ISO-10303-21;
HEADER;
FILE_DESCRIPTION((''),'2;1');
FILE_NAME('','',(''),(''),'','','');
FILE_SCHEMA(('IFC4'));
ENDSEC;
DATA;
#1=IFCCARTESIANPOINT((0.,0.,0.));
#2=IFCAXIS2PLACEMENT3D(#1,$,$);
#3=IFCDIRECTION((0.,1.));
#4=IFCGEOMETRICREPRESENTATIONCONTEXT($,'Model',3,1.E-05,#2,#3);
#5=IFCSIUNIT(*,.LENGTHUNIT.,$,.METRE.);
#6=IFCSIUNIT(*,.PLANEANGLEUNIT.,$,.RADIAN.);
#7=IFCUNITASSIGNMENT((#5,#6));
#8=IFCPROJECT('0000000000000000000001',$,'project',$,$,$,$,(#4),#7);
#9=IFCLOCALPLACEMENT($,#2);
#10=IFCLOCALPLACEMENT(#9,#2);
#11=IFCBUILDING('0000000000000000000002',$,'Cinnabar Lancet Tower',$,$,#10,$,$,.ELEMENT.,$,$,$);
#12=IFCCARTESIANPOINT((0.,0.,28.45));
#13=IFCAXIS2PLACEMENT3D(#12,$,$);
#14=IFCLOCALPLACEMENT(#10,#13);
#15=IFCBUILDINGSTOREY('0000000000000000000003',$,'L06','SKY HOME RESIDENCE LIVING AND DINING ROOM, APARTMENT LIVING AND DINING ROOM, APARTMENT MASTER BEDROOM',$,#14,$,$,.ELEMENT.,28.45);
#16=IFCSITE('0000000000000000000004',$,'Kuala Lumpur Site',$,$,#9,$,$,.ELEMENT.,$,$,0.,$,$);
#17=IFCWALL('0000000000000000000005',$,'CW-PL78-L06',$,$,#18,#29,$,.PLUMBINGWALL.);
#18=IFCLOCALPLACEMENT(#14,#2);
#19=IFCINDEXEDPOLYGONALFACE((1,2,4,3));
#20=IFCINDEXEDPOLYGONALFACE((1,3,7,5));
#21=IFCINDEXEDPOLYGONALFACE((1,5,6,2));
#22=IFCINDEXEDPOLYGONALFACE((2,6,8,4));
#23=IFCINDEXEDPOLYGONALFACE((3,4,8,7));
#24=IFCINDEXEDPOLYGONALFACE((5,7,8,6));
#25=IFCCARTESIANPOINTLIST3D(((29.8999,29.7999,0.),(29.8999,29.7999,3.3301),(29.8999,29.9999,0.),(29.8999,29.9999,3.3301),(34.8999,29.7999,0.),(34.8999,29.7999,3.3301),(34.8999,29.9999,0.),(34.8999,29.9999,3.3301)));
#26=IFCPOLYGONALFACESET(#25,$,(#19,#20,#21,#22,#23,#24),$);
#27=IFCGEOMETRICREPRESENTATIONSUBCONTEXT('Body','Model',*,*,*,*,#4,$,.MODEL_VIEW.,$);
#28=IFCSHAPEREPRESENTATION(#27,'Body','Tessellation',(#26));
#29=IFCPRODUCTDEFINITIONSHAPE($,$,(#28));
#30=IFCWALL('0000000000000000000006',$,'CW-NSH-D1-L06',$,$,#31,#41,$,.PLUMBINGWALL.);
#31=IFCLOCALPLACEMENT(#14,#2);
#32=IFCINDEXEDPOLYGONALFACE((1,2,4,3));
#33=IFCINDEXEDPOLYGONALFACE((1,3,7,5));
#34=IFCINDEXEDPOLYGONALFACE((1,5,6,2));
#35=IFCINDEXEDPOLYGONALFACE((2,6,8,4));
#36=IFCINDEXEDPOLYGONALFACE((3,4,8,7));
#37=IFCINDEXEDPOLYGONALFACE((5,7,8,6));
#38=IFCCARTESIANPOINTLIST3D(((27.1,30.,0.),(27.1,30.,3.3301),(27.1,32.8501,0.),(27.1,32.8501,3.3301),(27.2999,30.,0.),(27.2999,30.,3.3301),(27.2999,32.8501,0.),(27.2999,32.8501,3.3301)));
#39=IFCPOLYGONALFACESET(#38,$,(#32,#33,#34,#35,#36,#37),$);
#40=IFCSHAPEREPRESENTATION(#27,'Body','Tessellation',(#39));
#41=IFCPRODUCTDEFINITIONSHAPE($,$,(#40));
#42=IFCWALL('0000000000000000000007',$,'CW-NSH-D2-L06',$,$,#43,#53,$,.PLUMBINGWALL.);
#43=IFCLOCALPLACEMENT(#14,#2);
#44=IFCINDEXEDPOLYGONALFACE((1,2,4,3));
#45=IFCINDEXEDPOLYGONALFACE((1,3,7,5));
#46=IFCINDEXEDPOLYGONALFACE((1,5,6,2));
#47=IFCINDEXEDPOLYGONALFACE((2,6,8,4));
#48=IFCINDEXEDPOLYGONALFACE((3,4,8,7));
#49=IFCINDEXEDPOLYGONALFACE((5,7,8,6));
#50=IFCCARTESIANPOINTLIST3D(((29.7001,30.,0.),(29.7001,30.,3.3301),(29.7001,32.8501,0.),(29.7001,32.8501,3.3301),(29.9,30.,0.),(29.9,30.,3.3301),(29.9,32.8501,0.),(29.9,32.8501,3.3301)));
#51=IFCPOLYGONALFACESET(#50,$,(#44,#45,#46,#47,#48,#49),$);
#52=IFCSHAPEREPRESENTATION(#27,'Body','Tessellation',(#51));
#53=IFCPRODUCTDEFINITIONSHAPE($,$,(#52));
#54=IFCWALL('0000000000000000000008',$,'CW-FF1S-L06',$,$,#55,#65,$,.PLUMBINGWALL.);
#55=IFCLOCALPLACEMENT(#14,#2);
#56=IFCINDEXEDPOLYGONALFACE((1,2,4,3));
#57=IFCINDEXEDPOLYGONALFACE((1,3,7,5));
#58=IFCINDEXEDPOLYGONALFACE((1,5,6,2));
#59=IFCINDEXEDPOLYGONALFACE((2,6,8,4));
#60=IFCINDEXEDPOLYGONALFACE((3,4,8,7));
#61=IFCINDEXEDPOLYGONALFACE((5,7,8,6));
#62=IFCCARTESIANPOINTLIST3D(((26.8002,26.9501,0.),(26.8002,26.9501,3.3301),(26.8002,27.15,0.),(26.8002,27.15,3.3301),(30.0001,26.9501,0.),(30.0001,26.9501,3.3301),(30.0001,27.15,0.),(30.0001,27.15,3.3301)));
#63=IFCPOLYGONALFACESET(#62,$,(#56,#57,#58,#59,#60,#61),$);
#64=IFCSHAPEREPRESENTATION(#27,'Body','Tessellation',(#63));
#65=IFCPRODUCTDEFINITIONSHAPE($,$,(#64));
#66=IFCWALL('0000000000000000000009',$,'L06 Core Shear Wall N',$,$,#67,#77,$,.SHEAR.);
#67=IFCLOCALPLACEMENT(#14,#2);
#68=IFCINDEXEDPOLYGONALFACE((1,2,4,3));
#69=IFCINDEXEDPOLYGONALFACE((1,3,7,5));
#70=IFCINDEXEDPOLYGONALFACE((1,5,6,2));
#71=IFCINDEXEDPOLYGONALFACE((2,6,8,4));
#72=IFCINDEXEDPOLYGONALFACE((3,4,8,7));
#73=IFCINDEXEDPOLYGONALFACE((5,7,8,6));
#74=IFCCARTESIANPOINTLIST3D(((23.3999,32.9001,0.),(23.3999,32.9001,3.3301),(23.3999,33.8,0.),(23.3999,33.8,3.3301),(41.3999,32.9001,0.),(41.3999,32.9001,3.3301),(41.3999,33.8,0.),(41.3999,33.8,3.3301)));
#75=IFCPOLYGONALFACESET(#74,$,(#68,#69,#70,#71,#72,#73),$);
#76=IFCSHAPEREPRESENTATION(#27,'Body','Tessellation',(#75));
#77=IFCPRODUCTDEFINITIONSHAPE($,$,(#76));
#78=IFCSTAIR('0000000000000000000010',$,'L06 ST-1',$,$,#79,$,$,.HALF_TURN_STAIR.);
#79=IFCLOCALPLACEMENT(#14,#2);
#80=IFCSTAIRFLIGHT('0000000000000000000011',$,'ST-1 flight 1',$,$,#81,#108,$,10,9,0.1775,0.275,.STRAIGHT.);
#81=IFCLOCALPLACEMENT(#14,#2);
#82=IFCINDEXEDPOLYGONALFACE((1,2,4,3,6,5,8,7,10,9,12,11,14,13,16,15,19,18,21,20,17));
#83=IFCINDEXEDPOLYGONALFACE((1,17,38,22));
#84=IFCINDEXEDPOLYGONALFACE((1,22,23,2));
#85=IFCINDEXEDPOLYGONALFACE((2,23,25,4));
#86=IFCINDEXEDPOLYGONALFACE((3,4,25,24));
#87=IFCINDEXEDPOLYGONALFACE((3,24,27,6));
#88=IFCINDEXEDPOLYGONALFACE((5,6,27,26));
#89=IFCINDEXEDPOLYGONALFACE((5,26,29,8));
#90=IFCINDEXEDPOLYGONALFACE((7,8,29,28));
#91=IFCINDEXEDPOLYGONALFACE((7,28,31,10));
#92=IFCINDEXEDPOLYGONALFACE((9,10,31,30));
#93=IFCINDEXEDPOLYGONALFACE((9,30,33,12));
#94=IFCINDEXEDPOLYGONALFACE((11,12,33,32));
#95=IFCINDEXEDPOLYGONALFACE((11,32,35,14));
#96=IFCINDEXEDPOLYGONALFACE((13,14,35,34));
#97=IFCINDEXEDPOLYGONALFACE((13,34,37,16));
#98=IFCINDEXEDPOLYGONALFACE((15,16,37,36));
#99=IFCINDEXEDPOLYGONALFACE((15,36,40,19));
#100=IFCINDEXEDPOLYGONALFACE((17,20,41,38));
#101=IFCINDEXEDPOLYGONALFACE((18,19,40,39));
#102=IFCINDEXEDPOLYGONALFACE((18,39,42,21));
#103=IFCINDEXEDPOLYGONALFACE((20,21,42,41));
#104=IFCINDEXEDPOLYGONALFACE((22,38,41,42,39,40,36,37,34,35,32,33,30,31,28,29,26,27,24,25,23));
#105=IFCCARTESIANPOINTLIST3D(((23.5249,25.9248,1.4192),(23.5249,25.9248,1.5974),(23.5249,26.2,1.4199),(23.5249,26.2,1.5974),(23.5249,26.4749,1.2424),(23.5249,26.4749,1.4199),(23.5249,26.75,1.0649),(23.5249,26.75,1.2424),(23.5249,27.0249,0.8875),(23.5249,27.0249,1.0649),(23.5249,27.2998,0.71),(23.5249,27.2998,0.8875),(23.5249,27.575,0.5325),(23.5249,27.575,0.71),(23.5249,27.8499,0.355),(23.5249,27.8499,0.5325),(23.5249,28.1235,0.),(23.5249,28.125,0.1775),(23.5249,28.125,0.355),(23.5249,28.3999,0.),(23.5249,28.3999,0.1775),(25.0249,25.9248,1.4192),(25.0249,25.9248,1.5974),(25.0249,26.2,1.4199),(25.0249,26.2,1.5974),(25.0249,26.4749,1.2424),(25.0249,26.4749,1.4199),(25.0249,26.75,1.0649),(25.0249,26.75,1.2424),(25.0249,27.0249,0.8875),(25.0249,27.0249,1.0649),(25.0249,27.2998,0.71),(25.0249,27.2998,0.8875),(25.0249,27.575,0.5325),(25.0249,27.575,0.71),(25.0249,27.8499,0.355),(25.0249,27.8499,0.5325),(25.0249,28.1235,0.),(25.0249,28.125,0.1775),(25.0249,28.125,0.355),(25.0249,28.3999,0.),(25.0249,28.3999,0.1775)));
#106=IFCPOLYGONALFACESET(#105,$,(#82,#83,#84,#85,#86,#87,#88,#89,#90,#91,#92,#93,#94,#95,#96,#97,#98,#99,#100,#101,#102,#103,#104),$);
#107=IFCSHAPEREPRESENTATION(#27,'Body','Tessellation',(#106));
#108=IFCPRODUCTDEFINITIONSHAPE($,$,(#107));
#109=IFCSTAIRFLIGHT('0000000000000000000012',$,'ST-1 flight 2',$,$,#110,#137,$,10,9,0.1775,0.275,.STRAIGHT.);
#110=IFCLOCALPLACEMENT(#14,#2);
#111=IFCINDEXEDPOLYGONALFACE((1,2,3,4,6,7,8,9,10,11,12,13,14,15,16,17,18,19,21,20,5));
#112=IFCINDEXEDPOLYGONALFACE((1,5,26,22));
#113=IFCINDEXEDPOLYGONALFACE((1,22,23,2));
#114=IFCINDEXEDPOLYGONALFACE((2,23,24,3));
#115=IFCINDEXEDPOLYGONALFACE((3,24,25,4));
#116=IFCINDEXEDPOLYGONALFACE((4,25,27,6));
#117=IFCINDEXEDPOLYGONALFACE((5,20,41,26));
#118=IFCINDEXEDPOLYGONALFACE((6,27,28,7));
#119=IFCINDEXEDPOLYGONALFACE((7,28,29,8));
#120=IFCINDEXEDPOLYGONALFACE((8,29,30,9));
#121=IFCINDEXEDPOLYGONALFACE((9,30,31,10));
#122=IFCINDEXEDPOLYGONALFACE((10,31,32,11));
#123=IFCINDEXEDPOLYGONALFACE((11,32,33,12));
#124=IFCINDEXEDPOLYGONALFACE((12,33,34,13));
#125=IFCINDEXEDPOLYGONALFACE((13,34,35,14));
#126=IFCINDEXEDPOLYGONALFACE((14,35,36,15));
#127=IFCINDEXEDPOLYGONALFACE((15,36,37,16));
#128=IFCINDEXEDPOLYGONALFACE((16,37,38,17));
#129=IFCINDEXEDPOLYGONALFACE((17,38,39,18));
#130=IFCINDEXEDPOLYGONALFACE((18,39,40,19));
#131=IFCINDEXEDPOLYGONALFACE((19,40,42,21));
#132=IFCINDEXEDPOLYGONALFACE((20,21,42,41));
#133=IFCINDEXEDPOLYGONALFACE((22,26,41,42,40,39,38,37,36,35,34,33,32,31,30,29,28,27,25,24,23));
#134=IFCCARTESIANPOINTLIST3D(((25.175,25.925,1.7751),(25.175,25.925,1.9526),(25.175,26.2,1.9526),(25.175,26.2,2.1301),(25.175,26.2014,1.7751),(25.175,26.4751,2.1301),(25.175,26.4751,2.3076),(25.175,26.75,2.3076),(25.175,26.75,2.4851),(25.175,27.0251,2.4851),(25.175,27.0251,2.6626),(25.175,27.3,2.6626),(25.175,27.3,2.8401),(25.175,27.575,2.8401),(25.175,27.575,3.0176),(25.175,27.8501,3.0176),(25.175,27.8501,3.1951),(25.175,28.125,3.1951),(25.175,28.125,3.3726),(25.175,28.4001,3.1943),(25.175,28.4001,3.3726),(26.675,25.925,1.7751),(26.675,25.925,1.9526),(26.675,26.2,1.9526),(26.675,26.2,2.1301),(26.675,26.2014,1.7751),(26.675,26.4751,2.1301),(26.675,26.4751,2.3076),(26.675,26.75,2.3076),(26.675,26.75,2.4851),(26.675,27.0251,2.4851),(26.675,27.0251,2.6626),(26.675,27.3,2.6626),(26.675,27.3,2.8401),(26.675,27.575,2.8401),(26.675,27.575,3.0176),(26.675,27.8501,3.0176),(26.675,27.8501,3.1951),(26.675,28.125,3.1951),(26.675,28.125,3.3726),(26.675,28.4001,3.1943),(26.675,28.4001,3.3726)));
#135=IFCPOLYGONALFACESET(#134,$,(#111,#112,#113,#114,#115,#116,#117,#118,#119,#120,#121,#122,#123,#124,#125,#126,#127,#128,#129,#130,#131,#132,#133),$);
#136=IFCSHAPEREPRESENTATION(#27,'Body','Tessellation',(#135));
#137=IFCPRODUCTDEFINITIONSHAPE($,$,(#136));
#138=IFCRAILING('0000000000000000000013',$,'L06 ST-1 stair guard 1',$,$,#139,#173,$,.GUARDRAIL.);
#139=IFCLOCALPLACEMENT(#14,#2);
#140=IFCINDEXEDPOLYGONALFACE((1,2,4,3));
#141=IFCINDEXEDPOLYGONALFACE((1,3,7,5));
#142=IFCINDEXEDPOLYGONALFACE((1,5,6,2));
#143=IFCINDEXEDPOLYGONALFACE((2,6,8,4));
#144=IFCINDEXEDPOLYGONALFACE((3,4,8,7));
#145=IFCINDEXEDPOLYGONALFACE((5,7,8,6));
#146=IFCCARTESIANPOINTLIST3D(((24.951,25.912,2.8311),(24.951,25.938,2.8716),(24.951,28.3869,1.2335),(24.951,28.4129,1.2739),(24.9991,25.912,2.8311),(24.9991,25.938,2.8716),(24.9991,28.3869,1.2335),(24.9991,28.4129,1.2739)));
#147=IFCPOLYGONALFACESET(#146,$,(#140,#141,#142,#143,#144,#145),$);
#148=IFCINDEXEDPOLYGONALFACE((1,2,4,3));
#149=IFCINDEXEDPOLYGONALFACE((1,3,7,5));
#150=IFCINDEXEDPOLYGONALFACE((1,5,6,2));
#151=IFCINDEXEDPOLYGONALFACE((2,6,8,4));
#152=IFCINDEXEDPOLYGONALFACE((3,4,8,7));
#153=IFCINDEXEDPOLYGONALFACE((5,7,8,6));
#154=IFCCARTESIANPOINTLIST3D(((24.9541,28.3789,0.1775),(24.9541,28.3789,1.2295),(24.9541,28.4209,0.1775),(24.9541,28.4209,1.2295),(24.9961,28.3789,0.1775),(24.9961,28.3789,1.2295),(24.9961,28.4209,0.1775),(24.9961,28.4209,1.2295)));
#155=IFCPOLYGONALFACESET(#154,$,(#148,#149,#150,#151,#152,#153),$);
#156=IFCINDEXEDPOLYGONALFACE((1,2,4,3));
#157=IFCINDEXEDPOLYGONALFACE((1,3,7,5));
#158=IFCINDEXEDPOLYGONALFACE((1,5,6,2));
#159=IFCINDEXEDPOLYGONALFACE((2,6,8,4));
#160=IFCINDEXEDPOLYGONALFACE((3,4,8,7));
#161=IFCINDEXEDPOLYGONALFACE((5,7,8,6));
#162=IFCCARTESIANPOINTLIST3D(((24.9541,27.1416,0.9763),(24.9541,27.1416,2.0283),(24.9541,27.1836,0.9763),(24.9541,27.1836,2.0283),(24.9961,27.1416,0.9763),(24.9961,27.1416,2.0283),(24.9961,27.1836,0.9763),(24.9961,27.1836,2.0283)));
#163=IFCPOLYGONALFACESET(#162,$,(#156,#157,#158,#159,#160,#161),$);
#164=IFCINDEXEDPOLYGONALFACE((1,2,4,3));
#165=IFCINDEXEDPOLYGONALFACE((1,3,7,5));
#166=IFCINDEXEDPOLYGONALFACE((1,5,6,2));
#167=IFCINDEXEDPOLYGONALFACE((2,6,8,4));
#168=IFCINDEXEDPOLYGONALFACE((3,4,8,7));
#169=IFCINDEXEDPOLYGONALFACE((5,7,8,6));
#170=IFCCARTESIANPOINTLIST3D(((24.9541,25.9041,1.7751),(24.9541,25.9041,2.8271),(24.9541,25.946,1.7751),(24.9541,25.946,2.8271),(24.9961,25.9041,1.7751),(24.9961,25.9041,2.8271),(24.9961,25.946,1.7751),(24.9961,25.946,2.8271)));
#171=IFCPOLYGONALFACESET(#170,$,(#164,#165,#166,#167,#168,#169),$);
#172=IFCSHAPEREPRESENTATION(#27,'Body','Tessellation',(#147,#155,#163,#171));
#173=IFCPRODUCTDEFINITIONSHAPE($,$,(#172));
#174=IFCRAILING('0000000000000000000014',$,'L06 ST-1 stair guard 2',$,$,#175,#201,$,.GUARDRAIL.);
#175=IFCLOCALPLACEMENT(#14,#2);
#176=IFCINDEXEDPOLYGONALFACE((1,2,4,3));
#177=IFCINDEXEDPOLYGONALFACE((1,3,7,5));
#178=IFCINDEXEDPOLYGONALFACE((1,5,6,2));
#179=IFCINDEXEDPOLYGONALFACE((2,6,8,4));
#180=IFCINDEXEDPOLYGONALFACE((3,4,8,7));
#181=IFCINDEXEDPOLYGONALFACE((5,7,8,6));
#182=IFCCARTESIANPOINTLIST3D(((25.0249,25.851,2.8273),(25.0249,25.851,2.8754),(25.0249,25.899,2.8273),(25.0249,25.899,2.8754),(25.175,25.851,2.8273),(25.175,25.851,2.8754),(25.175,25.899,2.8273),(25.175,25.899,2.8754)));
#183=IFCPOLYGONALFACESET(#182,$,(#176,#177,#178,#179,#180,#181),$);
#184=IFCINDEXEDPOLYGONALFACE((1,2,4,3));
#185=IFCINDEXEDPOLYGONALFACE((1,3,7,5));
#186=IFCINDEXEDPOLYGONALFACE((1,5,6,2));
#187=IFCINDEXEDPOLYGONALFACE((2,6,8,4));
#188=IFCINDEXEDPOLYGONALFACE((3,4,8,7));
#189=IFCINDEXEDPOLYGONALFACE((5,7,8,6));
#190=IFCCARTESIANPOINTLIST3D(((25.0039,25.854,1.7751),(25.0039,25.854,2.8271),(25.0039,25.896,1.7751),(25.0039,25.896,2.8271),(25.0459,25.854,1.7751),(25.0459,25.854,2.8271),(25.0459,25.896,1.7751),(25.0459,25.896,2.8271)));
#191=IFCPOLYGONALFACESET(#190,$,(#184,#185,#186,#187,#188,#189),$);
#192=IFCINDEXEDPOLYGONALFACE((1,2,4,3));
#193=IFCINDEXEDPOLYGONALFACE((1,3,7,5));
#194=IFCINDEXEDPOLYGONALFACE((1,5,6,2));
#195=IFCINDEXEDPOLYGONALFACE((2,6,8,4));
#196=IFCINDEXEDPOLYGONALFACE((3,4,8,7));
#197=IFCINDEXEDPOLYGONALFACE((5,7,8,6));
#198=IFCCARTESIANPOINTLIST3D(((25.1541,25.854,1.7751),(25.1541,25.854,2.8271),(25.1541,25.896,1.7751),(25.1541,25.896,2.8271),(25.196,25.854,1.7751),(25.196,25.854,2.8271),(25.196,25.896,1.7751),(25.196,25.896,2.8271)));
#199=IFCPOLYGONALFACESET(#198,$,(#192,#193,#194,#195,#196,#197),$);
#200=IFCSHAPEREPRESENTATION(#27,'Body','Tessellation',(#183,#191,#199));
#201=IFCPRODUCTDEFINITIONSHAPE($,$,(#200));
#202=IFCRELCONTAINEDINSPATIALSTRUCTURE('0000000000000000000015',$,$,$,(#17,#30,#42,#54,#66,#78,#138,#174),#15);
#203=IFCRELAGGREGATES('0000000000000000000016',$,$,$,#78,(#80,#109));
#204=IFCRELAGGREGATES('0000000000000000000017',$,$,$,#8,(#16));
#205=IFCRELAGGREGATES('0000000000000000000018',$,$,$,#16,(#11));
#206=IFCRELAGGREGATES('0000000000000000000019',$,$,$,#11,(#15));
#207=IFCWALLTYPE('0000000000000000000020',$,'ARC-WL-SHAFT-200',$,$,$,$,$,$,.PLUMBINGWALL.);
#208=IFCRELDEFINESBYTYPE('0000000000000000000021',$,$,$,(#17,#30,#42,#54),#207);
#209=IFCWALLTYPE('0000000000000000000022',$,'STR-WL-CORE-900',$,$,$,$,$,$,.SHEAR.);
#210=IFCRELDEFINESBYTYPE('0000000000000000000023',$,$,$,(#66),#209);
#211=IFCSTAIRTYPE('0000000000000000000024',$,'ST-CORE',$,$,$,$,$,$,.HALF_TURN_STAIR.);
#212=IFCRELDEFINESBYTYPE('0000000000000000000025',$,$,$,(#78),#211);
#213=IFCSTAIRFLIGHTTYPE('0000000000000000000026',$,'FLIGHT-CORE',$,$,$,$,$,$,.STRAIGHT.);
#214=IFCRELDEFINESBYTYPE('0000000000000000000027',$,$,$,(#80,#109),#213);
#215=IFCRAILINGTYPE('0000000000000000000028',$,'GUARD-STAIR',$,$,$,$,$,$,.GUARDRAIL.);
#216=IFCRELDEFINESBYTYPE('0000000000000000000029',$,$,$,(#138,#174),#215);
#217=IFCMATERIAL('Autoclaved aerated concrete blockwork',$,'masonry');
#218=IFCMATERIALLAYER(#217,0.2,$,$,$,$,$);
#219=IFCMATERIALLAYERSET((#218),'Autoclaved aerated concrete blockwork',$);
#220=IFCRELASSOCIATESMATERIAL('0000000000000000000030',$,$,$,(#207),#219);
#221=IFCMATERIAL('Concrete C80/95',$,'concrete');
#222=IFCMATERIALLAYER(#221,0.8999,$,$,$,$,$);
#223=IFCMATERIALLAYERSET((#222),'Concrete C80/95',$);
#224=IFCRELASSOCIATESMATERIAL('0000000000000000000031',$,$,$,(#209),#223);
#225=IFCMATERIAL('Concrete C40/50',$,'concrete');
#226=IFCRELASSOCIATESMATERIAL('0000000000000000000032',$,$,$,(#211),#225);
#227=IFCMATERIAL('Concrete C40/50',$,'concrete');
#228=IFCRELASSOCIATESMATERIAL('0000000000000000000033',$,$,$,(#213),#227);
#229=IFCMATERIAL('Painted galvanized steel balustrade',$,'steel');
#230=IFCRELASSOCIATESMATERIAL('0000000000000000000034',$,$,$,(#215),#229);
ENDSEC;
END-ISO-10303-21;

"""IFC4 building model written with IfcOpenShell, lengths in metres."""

from ifc_helpers import new_model, si_unit, direction, frame, frame_2d, origin, origin_2d, place, context, subcontext, project, spatial, polyline, rectangle, outline, extrude, material, layer, layer_set, type_object, element, aggregate, save


model = new_model("IFC4")

# Units and contexts
model_context = context("Model", 3, precision=1e-05, world=origin(), true_north=direction((0.0, 1.0)))
body_context = subcontext(model_context, "Body", "Model", "MODEL_VIEW")
ifc_project = project(units=[si_unit("LENGTHUNIT", "METRE"), si_unit("PLANEANGLEUNIT", "RADIAN")], contexts=[model_context])

# Site, building, storey
site_placement = place(None, origin())
site = spatial("IfcSite", under=ifc_project, at=site_placement, Name="Kuala Lumpur Site", CompositionType="ELEMENT", RefElevation=0.0)
building_placement = place(site_placement, origin())
building = spatial("IfcBuilding", under=site, at=building_placement, Name="Cinnabar Lancet Tower", CompositionType="ELEMENT")
storey_placement = place(building_placement, frame((0.0, 0.0, 28.45)))
storey = spatial("IfcBuildingStorey", under=building, at=storey_placement, Name="L06", Description="SKY HOME RESIDENCE LIVING AND DINING ROOM, APARTMENT LIVING AND DINING ROOM, APARTMENT MASTER BEDROOM", CompositionType="ELEMENT", Elevation=28.45)

# Shared definitions
ifc_material_1 = material(Name="Autoclaved aerated concrete blockwork", Category="masonry")
ifc_layer_1 = layer(ifc_material_1, 0.2)
ifc_layer_set_1 = layer_set([ifc_layer_1], Name="Autoclaved aerated concrete blockwork")
wall_type_1 = type_object("IfcWallType", Name="ARC-WL-SHAFT-200", PredefinedType="PLUMBINGWALL", material=ifc_layer_set_1)

# Walls
wall_1_placement = place(storey_placement, frame((29.8999, 29.8999, 0.0), z_axis=(0.0, 0.0, 1.0), x_axis=(1.0, 0.0, 0.0)))
element("IfcWall", 1, at=wall_1_placement, inside=storey, type_object=wall_type_1, Name="CW-PL78-L06", PredefinedType="PLUMBINGWALL", context=body_context, shape_type="SweptSolid", body=[
    extrude(rectangle(XDim=5.0, YDim=0.2, at=frame_2d((2.5, 0.0))), origin(), (0.0, 0.0, 1.0), 3.3301),
])
for number, where, z_axis, x_axis, name in (
    (2, (27.2, 30.0, 0.0), (0.0, 0.0, 1.0), (0.0, 1.0, 0.0), "CW-NSH-D1-L06"),
    (3, (29.8, 30.0, 0.0), (0.0, 0.0, 1.0), (0.0, 1.0, 0.0), "CW-NSH-D2-L06"),
):
    element("IfcWall", number, at=place(storey_placement, frame(where, z_axis=z_axis, x_axis=x_axis)), inside=storey, type_object=wall_type_1, Name=name, PredefinedType="PLUMBINGWALL", context=body_context, shape_type="SweptSolid", body=[
        extrude(rectangle(XDim=2.8501, YDim=0.2, at=frame_2d((1.425, 0.0))), origin(), (0.0, 0.0, 1.0), 3.3301),
    ])
wall_2_placement = place(storey_placement, frame((26.8, 27.05, 0.0), z_axis=(0.0, 0.0, 1.0), x_axis=(1.0, 0.0, 0.0)))
element("IfcWall", 4, at=wall_2_placement, inside=storey, type_object=wall_type_1, Name="CW-FF1S-L06", PredefinedType="PLUMBINGWALL", context=body_context, shape_type="SweptSolid", body=[
    extrude(rectangle(XDim=3.2, YDim=0.2, at=frame_2d((1.6001, 0.0))), origin(), (0.0, 0.0, 1.0), 3.3301),
])
ifc_material_2 = material(Name="Concrete C80/95", Category="concrete")
ifc_layer_2 = layer(ifc_material_2, 0.8999)
ifc_layer_set_2 = layer_set([ifc_layer_2], Name="Concrete C80/95")
wall_type_2 = type_object("IfcWallType", Name="STR-WL-CORE-900", PredefinedType="SHEAR", material=ifc_layer_set_2)
wall_3_placement = place(storey_placement, frame((23.3999, 33.3501, 0.0), z_axis=(0.0, 0.0, 1.0), x_axis=(1.0, 0.0, 0.0)))
element("IfcWall", 5, at=wall_3_placement, inside=storey, type_object=wall_type_2, Name="L06 Core Shear Wall N", PredefinedType="SHEAR", context=body_context, shape_type="SweptSolid", body=[
    extrude(rectangle(XDim=18.0, YDim=0.8999, at=frame_2d((9.0, 0.0))), origin(), (0.0, 0.0, 1.0), 3.3301),
])

# Stair, stair flights
ifc_material_3 = material(Name="Concrete C40/50", Category="concrete")
stair_type = type_object("IfcStairType", Name="ST-CORE", PredefinedType="HALF_TURN_STAIR", material=ifc_material_3)
stair_placement = place(storey_placement, origin())
stair = element("IfcStair", 6, at=stair_placement, inside=storey, type_object=stair_type, Name="L06 ST-1", PredefinedType="HALF_TURN_STAIR")
ifc_material_4 = material(Name="Concrete C40/50", Category="concrete")
stair_flight_type = type_object("IfcStairFlightType", Name="FLIGHT-CORE", PredefinedType="STRAIGHT", material=ifc_material_4)
stair_flight_1_placement = place(storey_placement, frame((24.2749, 28.3999, 0.0), z_axis=(0.0, 0.0, 1.0), x_axis=(0.0, -1.0, 0.0)))
stair_flight_1 = element("IfcStairFlight", 7, at=stair_flight_1_placement, type_object=stair_flight_type, Name="ST-1 flight 1", NumberOfRisers=10, NumberOfTreads=9, PredefinedType="STRAIGHT", RiserHeight=0.1775, TreadLength=0.275, context=body_context, shape_type="SweptSolid", body=[
    extrude(outline(polyline([(0.0, 0.0), (0.0, 0.1775), (0.2749, 0.1775), (0.2749, 0.355), (0.55, 0.355), (0.55, 0.5325), (0.825, 0.5325), (0.825, 0.71), (1.1001, 0.71), (1.1001, 0.8875), (1.375, 0.8875), (1.375, 1.0649), (1.6499, 1.0649), (1.6499, 1.2424), (1.925, 1.2424), (1.925, 1.4199), (2.2, 1.4199), (2.2, 1.5974), (2.4751, 1.5974), (2.4751, 1.7749), (2.4751, 1.4192), (0.2764, 0.0), (0.0, 0.0)])), frame((0.0, 0.75, 0.0), z_axis=(0.0, -1.0, 0.0), x_axis=(1.0, 0.0, 0.0)), (0.0, 0.0, 1.0), 1.5),
])
stair_flight_2_placement = place(storey_placement, frame((25.925, 25.925, 1.7751), z_axis=(0.0, 0.0, 1.0), x_axis=(0.0, 1.0, 0.0)))
stair_flight_2 = element("IfcStairFlight", 8, at=stair_flight_2_placement, type_object=stair_flight_type, Name="ST-1 flight 2", NumberOfRisers=10, NumberOfTreads=9, PredefinedType="STRAIGHT", RiserHeight=0.1775, TreadLength=0.275, context=body_context, shape_type="SweptSolid", body=[
    extrude(outline(polyline([(0.0, 0.0), (0.0, 0.1775), (0.2749, 0.1775), (0.2749, 0.355), (0.55, 0.355), (0.55, 0.5325), (0.825, 0.5325), (0.825, 0.71), (1.1001, 0.71), (1.1001, 0.8875), (1.375, 0.8875), (1.375, 1.0649), (1.6499, 1.0649), (1.6499, 1.2424), (1.925, 1.2424), (1.925, 1.4199), (2.2, 1.4199), (2.2, 1.5974), (2.4751, 1.5974), (2.4751, 1.7749), (2.4751, 1.4192), (0.2764, 0.0), (0.0, 0.0)])), frame((0.0, 0.75, 0.0), z_axis=(0.0, -1.0, 0.0), x_axis=(1.0, 0.0, 0.0)), (0.0, 0.0, 1.0), 1.5),
])
aggregate(stair, [stair_flight_1, stair_flight_2])

# Railings
ifc_material_5 = material(Name="Painted galvanized steel balustrade", Category="steel")
railing_type_1 = type_object("IfcRailingType", Name="GUARD-STAIR", PredefinedType="GUARDRAIL", material=ifc_material_5)
railing_1_placement = place(storey_placement, frame((24.9751, 28.3999, 0.1775)))
element("IfcRailing", 9, at=railing_1_placement, inside=storey, type_object=railing_type_1, Name="L06 ST-1 stair guard 1", PredefinedType="GUARDRAIL", context=body_context, shape_type="SweptSolid", body=[
    extrude(rectangle(XDim=0.0481, YDim=0.0481, at=origin_2d()), frame((0.0, 0.0, 1.0762), z_axis=(0.0, -0.840146, 0.542361), x_axis=(1.0, 0.0, 0.0)), (0.0, 0.0, 1.0), 2.9458),
    extrude(rectangle(XDim=0.042, YDim=0.042, at=origin_2d()), origin(), (0.0, 0.0, 1.0), 1.052),
    extrude(rectangle(XDim=0.042, YDim=0.042, at=origin_2d()), frame((0.0, -1.2373, 0.7988)), (0.0, 0.0, 1.0), 1.052),
    extrude(rectangle(XDim=0.042, YDim=0.042, at=origin_2d()), frame((0.0, -2.4749, 1.5977)), (0.0, 0.0, 1.0), 1.052),
])
railing_2_placement = place(storey_placement, frame((25.0249, 25.875, 1.7751)))
element("IfcRailing", 10, at=railing_2_placement, inside=storey, type_object=railing_type_1, Name="L06 ST-1 stair guard 2", PredefinedType="GUARDRAIL", context=body_context, shape_type="SweptSolid", body=[
    extrude(rectangle(XDim=0.0481, YDim=0.0481, at=origin_2d()), frame((0.0, 0.0, 1.0762), z_axis=(1.0, 0.0, 0.0), x_axis=(0.0, 1.0, 0.0)), (0.0, 0.0, 1.0), 0.1501),
    extrude(rectangle(XDim=0.042, YDim=0.042, at=origin_2d()), origin(), (0.0, 0.0, 1.0), 1.052),
    extrude(rectangle(XDim=0.042, YDim=0.042, at=origin_2d()), frame((0.1501, 0.0, 0.0)), (0.0, 0.0, 1.0), 1.052),
])

save(model, "model.ifc")
